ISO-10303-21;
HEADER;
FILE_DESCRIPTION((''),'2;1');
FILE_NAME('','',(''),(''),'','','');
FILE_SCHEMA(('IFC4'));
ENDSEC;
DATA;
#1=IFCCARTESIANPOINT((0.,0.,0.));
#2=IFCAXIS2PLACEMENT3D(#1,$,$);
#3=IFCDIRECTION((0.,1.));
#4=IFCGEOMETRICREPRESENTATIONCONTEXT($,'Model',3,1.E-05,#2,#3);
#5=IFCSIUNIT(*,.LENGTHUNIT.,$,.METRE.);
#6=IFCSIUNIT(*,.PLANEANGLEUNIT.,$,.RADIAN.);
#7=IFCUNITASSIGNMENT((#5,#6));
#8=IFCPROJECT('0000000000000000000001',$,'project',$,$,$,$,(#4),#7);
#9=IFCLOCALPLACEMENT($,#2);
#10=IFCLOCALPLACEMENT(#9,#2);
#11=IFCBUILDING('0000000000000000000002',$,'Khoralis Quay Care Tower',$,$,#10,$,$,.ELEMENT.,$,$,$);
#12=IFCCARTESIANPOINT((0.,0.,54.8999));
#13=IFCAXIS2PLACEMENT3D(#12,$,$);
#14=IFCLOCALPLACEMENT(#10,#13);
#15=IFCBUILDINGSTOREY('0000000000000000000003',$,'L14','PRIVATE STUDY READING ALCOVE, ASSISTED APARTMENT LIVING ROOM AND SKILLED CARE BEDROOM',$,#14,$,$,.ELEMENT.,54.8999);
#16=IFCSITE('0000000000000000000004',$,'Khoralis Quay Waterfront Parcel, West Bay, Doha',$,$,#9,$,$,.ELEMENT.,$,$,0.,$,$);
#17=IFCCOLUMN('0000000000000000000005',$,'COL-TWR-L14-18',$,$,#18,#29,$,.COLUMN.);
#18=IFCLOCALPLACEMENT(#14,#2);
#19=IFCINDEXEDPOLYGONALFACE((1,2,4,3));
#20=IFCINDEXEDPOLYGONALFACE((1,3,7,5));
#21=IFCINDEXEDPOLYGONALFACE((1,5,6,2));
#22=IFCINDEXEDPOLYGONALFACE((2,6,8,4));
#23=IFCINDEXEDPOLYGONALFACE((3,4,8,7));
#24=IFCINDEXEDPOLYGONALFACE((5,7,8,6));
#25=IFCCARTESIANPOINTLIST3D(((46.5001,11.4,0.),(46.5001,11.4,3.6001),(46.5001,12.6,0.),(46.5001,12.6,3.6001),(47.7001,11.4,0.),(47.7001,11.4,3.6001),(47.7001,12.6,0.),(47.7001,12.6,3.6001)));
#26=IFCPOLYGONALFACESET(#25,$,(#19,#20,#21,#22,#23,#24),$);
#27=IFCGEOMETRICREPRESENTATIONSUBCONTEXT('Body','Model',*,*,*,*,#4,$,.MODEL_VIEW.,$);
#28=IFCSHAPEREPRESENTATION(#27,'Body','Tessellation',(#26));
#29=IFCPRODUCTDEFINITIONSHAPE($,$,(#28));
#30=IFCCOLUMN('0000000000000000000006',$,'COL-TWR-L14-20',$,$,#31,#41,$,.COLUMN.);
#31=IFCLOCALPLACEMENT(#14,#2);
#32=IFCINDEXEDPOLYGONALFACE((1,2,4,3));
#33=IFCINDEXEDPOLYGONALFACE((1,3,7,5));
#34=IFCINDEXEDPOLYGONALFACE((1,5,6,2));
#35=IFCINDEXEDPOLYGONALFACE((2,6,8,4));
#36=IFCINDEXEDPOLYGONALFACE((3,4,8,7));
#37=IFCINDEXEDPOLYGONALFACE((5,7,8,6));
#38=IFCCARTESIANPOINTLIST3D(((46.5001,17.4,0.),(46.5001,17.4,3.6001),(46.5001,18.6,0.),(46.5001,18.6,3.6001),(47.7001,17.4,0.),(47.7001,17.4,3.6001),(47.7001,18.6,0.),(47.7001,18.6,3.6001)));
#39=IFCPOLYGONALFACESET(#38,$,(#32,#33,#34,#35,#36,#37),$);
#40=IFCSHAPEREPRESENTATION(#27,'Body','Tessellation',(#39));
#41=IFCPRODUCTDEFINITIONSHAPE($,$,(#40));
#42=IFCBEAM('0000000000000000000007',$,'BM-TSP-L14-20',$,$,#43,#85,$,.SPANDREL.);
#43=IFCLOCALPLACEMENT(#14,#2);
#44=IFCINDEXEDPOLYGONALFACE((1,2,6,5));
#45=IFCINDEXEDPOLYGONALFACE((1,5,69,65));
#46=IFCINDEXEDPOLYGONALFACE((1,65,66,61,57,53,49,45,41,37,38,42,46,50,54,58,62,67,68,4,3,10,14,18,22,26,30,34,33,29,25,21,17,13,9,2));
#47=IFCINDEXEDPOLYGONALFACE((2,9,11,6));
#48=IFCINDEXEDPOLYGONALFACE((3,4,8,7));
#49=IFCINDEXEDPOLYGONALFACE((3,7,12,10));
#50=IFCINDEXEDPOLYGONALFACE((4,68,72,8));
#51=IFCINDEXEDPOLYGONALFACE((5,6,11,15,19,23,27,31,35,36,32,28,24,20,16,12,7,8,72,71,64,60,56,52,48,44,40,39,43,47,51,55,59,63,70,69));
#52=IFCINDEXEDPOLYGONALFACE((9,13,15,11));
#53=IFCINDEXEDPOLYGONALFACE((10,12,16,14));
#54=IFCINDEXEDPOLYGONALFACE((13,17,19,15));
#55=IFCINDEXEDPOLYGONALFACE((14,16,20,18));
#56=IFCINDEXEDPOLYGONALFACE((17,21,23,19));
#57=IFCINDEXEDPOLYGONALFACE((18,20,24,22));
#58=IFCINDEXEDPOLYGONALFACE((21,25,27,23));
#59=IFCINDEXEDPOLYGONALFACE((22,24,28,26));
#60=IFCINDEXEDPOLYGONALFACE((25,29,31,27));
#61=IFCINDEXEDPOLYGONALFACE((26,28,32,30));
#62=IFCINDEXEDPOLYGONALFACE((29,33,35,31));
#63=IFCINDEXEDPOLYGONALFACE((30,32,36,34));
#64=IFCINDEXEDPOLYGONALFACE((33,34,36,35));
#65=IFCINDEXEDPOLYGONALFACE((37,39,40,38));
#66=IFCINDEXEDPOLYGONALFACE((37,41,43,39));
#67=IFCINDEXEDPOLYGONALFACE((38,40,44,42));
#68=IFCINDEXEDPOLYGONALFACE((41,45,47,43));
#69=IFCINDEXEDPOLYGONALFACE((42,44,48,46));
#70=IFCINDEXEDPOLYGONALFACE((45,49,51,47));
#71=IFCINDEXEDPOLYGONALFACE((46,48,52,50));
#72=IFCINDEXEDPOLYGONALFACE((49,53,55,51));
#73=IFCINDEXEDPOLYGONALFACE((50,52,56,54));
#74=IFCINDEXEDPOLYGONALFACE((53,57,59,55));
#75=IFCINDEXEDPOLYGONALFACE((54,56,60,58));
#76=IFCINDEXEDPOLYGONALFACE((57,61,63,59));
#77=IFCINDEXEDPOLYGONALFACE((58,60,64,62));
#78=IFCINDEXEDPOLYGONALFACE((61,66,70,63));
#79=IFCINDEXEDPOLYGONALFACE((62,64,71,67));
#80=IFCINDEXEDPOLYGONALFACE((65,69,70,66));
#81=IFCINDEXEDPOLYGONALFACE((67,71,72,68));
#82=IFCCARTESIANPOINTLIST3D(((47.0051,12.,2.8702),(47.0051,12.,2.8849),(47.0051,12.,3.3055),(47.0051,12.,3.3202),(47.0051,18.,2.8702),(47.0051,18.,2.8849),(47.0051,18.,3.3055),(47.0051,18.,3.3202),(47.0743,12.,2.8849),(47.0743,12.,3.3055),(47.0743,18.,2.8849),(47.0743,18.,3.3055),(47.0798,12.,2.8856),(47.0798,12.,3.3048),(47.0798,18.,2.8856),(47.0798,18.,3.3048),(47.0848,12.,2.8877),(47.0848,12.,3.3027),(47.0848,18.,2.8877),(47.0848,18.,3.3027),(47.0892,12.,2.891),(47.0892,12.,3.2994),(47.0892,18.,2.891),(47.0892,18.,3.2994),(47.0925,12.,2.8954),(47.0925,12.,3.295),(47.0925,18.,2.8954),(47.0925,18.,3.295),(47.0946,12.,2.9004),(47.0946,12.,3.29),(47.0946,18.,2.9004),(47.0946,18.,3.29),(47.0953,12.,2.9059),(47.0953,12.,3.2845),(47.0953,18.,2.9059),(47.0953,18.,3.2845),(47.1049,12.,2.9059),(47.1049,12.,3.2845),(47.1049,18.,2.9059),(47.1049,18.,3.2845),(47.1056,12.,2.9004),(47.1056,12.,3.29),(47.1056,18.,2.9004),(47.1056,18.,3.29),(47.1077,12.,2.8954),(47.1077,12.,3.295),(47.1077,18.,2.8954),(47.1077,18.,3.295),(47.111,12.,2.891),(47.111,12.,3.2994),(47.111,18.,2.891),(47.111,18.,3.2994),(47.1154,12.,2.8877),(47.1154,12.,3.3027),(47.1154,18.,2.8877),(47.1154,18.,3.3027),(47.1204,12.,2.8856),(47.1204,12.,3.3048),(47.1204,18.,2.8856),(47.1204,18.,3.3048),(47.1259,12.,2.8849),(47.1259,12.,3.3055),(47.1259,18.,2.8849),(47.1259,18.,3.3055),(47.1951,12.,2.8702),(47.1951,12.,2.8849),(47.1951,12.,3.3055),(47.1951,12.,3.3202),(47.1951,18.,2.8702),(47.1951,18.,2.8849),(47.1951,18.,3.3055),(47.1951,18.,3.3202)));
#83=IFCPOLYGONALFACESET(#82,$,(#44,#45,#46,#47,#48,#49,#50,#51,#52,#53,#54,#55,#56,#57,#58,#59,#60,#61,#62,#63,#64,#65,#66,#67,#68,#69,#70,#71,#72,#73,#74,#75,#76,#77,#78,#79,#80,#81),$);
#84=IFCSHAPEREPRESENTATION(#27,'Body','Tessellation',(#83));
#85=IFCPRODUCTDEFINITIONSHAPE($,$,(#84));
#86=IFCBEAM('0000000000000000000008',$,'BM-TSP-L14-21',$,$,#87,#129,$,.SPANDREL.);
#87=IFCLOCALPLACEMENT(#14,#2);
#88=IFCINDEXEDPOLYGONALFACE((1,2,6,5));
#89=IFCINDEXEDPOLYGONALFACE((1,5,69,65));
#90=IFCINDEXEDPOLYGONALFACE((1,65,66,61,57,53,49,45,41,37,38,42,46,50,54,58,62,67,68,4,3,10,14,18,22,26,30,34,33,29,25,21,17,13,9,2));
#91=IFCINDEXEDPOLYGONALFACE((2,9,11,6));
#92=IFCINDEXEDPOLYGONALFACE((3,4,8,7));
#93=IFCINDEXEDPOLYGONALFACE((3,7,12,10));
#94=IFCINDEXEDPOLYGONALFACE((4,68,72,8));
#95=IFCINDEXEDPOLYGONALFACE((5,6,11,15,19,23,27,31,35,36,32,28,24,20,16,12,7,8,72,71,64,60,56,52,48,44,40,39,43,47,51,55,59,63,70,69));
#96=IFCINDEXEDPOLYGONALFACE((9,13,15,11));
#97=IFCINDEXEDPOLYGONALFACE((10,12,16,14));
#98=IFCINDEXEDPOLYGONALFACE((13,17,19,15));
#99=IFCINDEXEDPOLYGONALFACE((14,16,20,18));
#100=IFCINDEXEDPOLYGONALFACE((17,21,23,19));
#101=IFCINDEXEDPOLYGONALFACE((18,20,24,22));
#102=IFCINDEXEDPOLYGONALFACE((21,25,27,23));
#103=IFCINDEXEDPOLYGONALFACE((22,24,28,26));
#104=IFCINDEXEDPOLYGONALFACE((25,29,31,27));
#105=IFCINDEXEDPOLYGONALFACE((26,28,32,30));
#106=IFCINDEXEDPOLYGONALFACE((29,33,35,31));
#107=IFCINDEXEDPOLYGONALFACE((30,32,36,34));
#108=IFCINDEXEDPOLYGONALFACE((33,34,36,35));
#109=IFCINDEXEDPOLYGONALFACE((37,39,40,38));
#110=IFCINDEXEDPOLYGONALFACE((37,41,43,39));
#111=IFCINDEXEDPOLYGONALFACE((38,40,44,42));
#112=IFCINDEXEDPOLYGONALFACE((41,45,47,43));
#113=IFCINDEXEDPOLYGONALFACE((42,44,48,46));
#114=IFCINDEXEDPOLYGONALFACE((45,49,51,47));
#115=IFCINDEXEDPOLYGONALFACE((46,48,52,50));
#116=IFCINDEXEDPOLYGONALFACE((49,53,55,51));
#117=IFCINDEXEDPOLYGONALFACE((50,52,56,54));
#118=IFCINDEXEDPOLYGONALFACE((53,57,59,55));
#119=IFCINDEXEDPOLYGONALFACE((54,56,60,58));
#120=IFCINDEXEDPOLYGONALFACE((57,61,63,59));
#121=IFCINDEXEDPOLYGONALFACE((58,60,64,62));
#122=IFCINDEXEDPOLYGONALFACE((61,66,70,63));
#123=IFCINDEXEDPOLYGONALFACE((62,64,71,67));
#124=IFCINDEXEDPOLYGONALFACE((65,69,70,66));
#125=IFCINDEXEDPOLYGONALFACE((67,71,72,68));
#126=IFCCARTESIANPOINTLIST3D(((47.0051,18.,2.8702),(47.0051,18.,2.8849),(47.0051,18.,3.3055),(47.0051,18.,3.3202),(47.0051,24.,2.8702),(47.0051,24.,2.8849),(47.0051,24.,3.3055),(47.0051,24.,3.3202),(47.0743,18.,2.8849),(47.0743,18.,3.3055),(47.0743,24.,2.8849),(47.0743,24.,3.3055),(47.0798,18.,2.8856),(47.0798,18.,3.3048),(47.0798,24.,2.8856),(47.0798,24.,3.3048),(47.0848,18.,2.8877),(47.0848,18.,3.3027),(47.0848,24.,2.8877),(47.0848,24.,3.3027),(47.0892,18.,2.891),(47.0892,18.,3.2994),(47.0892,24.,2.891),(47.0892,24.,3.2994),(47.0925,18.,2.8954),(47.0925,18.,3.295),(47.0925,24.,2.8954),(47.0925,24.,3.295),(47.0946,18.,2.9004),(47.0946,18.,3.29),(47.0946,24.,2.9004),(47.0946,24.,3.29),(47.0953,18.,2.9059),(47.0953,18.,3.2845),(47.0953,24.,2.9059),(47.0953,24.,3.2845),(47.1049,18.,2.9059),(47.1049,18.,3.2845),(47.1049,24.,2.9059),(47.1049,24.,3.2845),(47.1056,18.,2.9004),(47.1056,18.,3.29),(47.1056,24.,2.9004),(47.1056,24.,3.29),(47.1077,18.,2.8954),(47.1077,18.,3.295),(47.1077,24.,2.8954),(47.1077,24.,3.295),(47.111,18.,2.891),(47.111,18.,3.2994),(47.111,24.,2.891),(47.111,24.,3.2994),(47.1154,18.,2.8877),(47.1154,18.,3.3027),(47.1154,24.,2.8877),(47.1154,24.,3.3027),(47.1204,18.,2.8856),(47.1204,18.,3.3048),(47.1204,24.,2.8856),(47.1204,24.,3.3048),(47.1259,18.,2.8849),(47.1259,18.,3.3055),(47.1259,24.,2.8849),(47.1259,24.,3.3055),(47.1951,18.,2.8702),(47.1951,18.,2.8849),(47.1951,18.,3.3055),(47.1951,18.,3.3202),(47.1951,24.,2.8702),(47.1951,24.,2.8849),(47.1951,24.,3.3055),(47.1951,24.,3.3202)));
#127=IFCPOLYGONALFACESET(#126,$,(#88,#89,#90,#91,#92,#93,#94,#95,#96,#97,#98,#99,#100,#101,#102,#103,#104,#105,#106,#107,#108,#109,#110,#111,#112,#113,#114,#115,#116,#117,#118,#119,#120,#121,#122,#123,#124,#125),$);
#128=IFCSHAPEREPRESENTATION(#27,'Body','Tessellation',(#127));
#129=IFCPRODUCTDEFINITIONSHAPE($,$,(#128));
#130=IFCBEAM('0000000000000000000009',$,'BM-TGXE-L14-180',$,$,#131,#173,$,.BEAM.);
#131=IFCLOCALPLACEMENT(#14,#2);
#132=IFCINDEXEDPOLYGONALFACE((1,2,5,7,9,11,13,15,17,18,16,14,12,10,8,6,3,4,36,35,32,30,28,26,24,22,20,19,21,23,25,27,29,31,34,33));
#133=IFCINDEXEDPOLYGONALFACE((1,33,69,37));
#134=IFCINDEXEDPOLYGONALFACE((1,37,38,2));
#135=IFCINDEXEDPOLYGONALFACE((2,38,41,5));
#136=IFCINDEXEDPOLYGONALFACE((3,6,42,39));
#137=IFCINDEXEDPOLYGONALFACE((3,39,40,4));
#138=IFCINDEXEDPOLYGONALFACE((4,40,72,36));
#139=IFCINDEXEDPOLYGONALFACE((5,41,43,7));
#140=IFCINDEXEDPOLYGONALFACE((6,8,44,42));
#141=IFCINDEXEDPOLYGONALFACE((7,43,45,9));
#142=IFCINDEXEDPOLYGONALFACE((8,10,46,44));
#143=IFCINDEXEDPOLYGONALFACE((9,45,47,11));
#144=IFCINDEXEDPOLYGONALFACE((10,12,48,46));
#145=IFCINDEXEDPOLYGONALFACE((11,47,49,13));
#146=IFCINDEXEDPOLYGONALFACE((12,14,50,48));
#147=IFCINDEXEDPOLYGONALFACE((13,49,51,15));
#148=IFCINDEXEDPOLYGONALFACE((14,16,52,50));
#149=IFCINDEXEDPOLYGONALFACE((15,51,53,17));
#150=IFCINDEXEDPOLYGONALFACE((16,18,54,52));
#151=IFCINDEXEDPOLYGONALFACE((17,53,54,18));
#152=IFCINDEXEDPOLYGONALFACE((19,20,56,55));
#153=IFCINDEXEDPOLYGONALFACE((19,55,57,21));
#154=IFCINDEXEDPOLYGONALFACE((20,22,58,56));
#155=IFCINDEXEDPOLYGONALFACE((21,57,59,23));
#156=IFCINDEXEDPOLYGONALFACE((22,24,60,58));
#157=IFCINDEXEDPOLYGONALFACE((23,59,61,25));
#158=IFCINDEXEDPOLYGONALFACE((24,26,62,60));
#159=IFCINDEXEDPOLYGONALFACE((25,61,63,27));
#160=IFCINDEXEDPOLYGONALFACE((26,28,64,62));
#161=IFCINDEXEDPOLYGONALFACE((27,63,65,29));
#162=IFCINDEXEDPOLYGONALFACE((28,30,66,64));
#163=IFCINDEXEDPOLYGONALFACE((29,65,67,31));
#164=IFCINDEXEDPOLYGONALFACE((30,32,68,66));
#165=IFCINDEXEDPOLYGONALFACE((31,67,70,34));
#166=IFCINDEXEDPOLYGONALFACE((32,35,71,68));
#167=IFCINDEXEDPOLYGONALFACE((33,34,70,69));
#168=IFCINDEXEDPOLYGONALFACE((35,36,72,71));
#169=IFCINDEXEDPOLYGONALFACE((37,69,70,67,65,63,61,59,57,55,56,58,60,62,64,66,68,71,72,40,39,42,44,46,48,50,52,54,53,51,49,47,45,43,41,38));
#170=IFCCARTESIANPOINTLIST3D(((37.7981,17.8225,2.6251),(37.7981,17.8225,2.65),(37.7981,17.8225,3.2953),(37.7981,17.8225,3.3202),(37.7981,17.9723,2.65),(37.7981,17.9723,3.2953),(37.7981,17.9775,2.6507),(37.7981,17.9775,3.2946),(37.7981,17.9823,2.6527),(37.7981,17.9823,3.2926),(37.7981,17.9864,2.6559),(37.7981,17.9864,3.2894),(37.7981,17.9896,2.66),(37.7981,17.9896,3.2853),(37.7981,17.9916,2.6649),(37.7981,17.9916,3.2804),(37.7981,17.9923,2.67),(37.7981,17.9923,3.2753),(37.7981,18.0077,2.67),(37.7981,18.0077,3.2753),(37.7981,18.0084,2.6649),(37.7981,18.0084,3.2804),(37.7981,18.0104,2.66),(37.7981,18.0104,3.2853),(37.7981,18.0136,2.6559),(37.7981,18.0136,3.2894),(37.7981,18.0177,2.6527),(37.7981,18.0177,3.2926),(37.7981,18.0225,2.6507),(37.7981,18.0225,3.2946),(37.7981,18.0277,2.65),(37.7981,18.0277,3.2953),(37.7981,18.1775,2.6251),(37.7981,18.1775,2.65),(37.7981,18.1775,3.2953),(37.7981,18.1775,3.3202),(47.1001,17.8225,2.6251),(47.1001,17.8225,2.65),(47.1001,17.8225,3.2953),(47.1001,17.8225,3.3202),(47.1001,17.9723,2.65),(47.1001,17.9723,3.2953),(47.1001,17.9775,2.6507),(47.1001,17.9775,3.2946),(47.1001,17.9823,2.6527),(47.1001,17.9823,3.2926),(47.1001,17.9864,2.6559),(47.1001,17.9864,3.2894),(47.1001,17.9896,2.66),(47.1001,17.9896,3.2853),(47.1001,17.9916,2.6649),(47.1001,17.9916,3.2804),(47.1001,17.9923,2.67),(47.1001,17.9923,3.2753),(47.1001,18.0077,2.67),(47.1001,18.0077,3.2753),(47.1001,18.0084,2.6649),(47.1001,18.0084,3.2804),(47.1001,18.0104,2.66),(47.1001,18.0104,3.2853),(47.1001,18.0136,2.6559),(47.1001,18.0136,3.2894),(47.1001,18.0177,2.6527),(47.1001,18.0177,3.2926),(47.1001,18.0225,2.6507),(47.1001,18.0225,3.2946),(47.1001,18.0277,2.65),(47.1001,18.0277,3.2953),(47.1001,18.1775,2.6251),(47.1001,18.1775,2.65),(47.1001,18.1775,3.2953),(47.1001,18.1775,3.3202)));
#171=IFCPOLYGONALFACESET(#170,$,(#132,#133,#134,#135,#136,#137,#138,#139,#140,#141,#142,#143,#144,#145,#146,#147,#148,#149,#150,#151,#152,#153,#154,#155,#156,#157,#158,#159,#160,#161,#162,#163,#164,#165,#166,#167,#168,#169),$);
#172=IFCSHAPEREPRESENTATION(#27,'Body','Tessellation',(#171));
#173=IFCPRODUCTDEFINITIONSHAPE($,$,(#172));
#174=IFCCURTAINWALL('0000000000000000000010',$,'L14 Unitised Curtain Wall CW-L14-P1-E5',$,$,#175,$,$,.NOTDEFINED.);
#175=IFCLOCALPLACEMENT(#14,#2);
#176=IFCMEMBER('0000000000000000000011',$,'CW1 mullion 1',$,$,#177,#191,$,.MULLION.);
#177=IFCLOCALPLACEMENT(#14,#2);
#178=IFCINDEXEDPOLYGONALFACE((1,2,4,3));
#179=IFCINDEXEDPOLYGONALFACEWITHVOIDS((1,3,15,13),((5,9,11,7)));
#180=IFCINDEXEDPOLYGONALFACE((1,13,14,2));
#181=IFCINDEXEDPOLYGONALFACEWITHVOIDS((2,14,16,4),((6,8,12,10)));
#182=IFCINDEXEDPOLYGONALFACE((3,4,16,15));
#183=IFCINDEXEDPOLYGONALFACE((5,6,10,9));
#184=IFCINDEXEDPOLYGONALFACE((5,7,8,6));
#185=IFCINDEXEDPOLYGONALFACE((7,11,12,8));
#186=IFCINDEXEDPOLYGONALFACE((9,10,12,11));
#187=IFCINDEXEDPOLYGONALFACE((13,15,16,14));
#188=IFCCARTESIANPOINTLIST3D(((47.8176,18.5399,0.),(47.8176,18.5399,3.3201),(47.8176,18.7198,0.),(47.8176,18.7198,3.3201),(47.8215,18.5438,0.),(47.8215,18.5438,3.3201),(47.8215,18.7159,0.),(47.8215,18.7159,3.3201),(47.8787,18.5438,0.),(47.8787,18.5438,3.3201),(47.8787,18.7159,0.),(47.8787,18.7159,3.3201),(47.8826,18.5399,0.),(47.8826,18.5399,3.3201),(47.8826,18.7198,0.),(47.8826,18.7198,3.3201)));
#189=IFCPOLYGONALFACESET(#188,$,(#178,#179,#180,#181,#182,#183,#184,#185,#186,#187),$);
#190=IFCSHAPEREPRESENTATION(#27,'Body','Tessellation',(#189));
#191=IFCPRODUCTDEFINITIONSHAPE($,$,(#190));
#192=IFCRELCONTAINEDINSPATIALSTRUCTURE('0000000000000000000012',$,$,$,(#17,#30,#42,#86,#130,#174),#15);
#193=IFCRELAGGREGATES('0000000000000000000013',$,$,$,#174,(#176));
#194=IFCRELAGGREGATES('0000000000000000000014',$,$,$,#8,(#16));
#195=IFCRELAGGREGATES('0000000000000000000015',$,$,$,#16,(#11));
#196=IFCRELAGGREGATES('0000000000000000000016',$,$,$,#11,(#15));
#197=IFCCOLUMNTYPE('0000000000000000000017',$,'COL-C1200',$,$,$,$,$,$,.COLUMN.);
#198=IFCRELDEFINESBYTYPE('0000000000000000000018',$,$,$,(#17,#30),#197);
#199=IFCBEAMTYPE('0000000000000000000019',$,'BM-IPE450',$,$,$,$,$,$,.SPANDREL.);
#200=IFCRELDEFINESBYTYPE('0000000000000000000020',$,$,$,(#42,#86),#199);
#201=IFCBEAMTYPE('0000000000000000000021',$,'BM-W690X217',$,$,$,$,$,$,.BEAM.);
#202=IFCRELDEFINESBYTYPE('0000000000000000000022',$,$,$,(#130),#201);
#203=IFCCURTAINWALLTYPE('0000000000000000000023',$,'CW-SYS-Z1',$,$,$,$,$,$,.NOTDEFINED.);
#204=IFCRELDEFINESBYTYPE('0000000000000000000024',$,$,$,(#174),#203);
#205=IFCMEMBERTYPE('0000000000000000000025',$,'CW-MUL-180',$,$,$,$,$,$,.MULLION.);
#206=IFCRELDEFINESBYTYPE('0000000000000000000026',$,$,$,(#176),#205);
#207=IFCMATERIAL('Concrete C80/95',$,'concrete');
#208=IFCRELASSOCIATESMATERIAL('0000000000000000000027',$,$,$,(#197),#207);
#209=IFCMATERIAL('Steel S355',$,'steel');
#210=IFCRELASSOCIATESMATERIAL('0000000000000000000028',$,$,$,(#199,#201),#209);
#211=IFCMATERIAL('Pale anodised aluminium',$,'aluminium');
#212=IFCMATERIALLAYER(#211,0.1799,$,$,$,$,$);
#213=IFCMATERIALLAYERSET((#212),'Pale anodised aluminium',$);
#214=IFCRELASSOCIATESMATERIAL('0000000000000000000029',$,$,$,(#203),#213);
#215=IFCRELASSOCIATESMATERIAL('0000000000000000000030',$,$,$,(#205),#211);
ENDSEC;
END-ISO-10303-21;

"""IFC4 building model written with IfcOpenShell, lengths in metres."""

from ifc_helpers import new_model, si_unit, direction, frame, origin, origin_2d, place, context, subcontext, project, spatial, rectangle, hollow_rectangle, i_section, extrude, source, transform, mapped, material, layer, layer_set, material_profile, profile_set, type_object, element, aggregate, save


model = new_model("IFC4")

# Units and contexts
model_context = context("Model", 3, precision=1e-05, world=origin(), true_north=direction((0.0, 1.0)))
body_context = subcontext(model_context, "Body", "Model", "MODEL_VIEW")
ifc_project = project(units=[si_unit("LENGTHUNIT", "METRE"), si_unit("PLANEANGLEUNIT", "RADIAN")], contexts=[model_context])

# Site, building, storey
site_placement = place(None, origin())
site = spatial("IfcSite", under=ifc_project, at=site_placement, Name="Khoralis Quay Waterfront Parcel, West Bay, Doha", CompositionType="ELEMENT", RefElevation=0.0)
building_placement = place(site_placement, origin())
building = spatial("IfcBuilding", under=site, at=building_placement, Name="Khoralis Quay Care Tower", CompositionType="ELEMENT")
storey_placement = place(building_placement, frame((0.0, 0.0, 54.8999)))
storey = spatial("IfcBuildingStorey", under=building, at=storey_placement, Name="L14", Description="PRIVATE STUDY READING ALCOVE, ASSISTED APARTMENT LIVING ROOM AND SKILLED CARE BEDROOM", CompositionType="ELEMENT", Elevation=54.8999)

# Columns
ifc_material_1 = material(Name="Concrete C80/95", Category="concrete")
ifc_material_profile_1 = material_profile(ifc_material_1, rectangle(XDim=1.2, YDim=1.2, at=origin_2d()), Name="Concrete C80/95")
ifc_profile_set_1 = profile_set([ifc_material_profile_1], Name="Concrete C80/95")
column_type = type_object("IfcColumnType", Name="COL-C1200", PredefinedType="COLUMN", material=ifc_profile_set_1)
shared_shape_1 = source(origin(), body_context, "Body", "SweptSolid", [
    extrude(rectangle(XDim=1.2, YDim=1.2, at=origin_2d()), origin(), (0.0, 0.0, 1.0), 3.6001),
])
for number, where, z_axis, x_axis, name in (
    (1, (47.1001, 12.0, 0.0), (0.0, 0.0, 1.0), (1.0, 0.0, 0.0), "COL-TWR-L14-18"),
    (2, (47.1001, 18.0, 0.0), (0.0, 0.0, 1.0), (1.0, 0.0, 0.0), "COL-TWR-L14-20"),
):
    element("IfcColumn", number, at=place(storey_placement, frame(where, z_axis=z_axis, x_axis=x_axis)), inside=storey, type_object=column_type, Name=name, PredefinedType="COLUMN", context=body_context, shape_type="MappedRepresentation", body=[
        mapped(shared_shape_1, transform((0.0, 0.0, 0.0), scale=1.0)),
    ])

# Beams
ifc_material_2 = material(Name="Steel S355", Category="steel")
ifc_material_profile_2 = material_profile(ifc_material_2, i_section(OverallWidth=0.1899, OverallDepth=0.45, WebThickness=0.0095, FlangeThickness=0.0146, FilletRadius=0.021, at=origin_2d()), Name="Steel S355")
ifc_profile_set_2 = profile_set([ifc_material_profile_2], Name="Steel S355")
beam_type_1 = type_object("IfcBeamType", Name="BM-IPE450", PredefinedType="SPANDREL", material=ifc_profile_set_2)
shared_shape_2 = source(origin(), body_context, "Body", "SweptSolid", [
    extrude(i_section(OverallWidth=0.1899, OverallDepth=0.45, WebThickness=0.0095, FlangeThickness=0.0146, FilletRadius=0.021, at=origin_2d()), origin(), (0.0, 0.0, 1.0), 6.0),
])
for number, where, z_axis, x_axis, name in (
    (3, (47.1001, 12.0, 3.0952), (0.0, 1.0, 0.0), (-1.0, 0.0, 0.0), "BM-TSP-L14-20"),
    (4, (47.1001, 18.0, 3.0952), (0.0, 1.0, 0.0), (-1.0, 0.0, 0.0), "BM-TSP-L14-21"),
):
    element("IfcBeam", number, at=place(storey_placement, frame(where, z_axis=z_axis, x_axis=x_axis)), inside=storey, type_object=beam_type_1, Name=name, PredefinedType="SPANDREL", context=body_context, shape_type="MappedRepresentation", body=[
        mapped(shared_shape_2, transform((0.0, 0.0, 0.0), scale=1.0)),
    ])
ifc_material_profile_3 = material_profile(ifc_material_2, i_section(OverallWidth=0.355, OverallDepth=0.6951, WebThickness=0.0154, FlangeThickness=0.0249, FilletRadius=0.02, at=origin_2d()), Name="Steel S355")
ifc_profile_set_3 = profile_set([ifc_material_profile_3], Name="Steel S355")
beam_type_2 = type_object("IfcBeamType", Name="BM-W690X217", PredefinedType="BEAM", material=ifc_profile_set_3)
shared_shape_3 = source(origin(), body_context, "Body", "SweptSolid", [
    extrude(i_section(OverallWidth=0.355, OverallDepth=0.6951, WebThickness=0.0154, FlangeThickness=0.0249, FilletRadius=0.02, at=origin_2d()), origin(), (0.0, 0.0, 1.0), 9.302),
])
beam_placement = place(storey_placement, frame((37.7981, 18.0, 2.9727), z_axis=(1.0, 0.0, 0.0), x_axis=(0.0, 1.0, 0.0)))
element("IfcBeam", 5, at=beam_placement, inside=storey, type_object=beam_type_2, Name="BM-TGXE-L14-180", PredefinedType="BEAM", context=body_context, shape_type="MappedRepresentation", body=[
    mapped(shared_shape_3, transform((0.0, 0.0, 0.0), scale=1.0)),
])

# Curtain wall, member
ifc_material_3 = material(Name="Pale anodised aluminium", Category="aluminium")
ifc_layer_1 = layer(ifc_material_3, 0.1799)
ifc_layer_set_1 = layer_set([ifc_layer_1], Name="Pale anodised aluminium")
curtain_wall_type = type_object("IfcCurtainWallType", Name="CW-SYS-Z1", PredefinedType="NOTDEFINED", material=ifc_layer_set_1)
curtain_wall_placement = place(storey_placement, origin())
curtain_wall = element("IfcCurtainWall", 6, at=curtain_wall_placement, inside=storey, type_object=curtain_wall_type, Name="L14 Unitised Curtain Wall CW-L14-P1-E5", PredefinedType="NOTDEFINED")
ifc_material_profile_4 = material_profile(ifc_material_3, hollow_rectangle(XDim=0.0649, YDim=0.1799, WallThickness=0.0039, at=origin_2d()), Name="Pale anodised aluminium")
ifc_profile_set_4 = profile_set([ifc_material_profile_4], Name="Pale anodised aluminium")
member_type_1 = type_object("IfcMemberType", Name="CW-MUL-180", PredefinedType="MULLION", material=ifc_profile_set_4)
shared_shape_4 = source(origin(), body_context, "Body", "SweptSolid", [
    extrude(hollow_rectangle(XDim=0.0649, YDim=0.1799, WallThickness=0.0039, at=origin_2d()), origin(), (0.0, 0.0, 1.0), 3.3201),
])
member_1_placement = place(storey_placement, frame((47.8501, 18.6299, 0.0), z_axis=(0.0, 0.0, 1.0), x_axis=(-1.0, 0.0, 0.0)))
member_1 = element("IfcMember", 7, at=member_1_placement, type_object=member_type_1, Name="CW1 mullion 1", PredefinedType="MULLION", context=body_context, shape_type="MappedRepresentation", body=[
    mapped(shared_shape_4, transform((0.0, 0.0, 0.0), scale=1.0)),
])
aggregate(curtain_wall, [member_1])

save(model, "model.ifc")
